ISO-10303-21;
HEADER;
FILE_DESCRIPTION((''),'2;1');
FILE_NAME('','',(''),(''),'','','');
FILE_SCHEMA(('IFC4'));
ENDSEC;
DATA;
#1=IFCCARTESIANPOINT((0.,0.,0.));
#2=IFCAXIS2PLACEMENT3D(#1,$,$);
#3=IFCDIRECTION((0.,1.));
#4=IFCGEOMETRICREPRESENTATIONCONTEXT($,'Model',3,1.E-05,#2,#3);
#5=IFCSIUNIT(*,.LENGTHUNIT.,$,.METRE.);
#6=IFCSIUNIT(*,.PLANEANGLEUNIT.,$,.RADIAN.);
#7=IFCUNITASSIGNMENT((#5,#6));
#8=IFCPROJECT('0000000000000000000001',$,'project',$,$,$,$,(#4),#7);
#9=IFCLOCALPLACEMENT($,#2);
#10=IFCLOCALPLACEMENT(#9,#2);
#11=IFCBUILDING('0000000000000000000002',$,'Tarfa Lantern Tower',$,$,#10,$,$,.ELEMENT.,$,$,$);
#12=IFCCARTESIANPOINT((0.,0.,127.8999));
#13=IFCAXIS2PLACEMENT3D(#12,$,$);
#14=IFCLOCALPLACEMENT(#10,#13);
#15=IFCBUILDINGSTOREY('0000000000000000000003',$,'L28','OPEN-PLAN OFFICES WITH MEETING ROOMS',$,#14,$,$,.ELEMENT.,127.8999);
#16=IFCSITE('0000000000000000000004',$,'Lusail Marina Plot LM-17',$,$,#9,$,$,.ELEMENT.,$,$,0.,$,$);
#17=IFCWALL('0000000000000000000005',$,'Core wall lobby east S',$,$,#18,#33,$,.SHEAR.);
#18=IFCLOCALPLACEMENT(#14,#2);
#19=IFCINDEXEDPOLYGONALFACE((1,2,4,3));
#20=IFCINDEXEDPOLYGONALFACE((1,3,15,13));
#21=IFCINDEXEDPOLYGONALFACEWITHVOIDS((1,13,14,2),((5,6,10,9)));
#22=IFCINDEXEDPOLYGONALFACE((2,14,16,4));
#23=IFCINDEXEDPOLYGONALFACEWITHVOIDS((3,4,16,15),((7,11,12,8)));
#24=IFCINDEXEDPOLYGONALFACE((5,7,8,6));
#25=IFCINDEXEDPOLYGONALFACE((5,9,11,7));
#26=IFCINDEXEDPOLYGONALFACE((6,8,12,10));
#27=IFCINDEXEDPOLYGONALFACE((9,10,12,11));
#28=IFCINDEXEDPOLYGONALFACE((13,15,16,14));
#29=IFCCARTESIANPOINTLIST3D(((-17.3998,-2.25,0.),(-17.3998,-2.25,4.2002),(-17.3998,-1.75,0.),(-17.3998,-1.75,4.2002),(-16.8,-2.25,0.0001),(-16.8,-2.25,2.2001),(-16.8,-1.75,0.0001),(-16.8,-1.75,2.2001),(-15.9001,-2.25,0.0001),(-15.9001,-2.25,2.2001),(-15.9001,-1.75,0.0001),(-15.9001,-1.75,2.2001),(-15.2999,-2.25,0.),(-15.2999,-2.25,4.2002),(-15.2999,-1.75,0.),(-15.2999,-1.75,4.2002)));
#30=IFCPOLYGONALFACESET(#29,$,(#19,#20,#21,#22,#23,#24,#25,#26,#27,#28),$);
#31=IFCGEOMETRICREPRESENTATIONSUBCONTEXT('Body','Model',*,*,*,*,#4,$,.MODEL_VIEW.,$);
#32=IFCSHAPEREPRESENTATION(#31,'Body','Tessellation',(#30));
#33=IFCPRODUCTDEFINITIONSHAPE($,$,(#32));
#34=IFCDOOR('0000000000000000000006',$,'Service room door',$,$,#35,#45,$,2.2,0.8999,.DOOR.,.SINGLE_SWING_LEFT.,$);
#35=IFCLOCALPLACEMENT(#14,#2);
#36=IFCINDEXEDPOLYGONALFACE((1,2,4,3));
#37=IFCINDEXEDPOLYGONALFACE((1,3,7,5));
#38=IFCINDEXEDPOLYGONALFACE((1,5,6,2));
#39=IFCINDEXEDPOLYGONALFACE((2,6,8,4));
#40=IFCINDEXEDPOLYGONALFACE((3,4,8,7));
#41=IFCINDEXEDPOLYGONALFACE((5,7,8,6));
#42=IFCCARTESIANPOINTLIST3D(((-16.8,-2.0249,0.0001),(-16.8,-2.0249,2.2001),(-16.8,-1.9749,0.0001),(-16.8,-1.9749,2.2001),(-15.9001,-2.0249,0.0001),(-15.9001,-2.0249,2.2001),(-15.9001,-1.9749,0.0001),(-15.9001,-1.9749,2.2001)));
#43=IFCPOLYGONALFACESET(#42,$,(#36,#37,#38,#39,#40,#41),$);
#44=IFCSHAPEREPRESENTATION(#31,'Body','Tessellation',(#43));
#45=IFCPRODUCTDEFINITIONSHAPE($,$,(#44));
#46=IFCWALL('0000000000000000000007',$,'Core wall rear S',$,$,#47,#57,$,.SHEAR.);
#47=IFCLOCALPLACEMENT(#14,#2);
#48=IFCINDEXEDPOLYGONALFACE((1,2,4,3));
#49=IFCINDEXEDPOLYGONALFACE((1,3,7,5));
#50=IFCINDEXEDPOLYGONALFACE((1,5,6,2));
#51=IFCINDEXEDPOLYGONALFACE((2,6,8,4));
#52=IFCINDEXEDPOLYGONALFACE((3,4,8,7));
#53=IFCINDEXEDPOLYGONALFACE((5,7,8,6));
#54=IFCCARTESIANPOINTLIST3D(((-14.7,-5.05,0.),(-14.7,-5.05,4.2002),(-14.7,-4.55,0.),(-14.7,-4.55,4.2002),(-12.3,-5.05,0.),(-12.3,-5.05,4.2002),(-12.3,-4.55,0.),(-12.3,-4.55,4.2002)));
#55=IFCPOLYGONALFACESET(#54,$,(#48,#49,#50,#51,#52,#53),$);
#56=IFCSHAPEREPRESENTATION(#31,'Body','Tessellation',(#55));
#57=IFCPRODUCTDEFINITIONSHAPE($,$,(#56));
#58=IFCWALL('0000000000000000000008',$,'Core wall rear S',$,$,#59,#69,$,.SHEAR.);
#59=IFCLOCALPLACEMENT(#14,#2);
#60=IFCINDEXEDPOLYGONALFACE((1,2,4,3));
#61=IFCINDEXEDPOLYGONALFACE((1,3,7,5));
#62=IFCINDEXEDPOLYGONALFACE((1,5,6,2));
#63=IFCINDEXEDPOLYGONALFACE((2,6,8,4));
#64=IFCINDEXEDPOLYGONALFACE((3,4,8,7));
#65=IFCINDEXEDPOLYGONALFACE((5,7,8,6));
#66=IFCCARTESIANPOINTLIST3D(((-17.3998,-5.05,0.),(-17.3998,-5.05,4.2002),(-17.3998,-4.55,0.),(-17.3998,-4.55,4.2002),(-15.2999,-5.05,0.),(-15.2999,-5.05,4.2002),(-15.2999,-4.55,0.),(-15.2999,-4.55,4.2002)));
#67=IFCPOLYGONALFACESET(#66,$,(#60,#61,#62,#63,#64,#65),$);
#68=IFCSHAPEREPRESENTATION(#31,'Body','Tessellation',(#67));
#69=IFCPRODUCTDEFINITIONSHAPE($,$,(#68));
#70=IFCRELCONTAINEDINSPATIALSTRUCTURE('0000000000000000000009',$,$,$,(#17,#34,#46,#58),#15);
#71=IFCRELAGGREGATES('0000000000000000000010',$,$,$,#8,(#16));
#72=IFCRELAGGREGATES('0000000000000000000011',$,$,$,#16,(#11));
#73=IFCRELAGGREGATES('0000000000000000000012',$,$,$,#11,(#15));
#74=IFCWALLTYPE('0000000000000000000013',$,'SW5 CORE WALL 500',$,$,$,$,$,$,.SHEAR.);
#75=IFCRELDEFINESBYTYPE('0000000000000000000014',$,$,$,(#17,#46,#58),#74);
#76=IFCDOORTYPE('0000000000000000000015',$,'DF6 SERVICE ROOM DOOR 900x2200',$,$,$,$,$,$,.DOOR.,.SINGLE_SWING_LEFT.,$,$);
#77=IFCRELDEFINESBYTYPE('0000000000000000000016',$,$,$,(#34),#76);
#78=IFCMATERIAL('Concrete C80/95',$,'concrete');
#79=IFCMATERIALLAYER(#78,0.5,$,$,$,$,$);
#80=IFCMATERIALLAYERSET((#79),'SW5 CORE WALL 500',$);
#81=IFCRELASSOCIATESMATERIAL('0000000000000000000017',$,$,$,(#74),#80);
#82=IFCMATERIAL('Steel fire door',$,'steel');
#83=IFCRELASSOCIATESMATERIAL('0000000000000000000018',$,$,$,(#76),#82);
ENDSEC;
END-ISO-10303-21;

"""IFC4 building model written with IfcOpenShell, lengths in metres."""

from ifc_helpers import new_model, si_unit, direction, frame, frame_2d, origin, place, context, subcontext, project, spatial, rectangle, extrude, material, layer, layer_set, type_object, element, fill, save


model = new_model("IFC4")

# Units and contexts
model_context = context("Model", 3, precision=1e-05, world=origin(), true_north=direction((0.0, 1.0)))
body_context = subcontext(model_context, "Body", "Model", "MODEL_VIEW")
ifc_project = project(units=[si_unit("LENGTHUNIT", "METRE"), si_unit("PLANEANGLEUNIT", "RADIAN")], contexts=[model_context])

# Site, building, storey
site_placement = place(None, origin())
site = spatial("IfcSite", under=ifc_project, at=site_placement, Name="Lusail Marina Plot LM-17", CompositionType="ELEMENT", RefElevation=0.0)
building_placement = place(site_placement, origin())
building = spatial("IfcBuilding", under=site, at=building_placement, Name="Tarfa Lantern Tower", CompositionType="ELEMENT")
storey_placement = place(building_placement, frame((0.0, 0.0, 127.8999)))
storey = spatial("IfcBuildingStorey", under=building, at=storey_placement, Name="L28", Description="OPEN-PLAN OFFICES WITH MEETING ROOMS", CompositionType="ELEMENT", Elevation=127.8999)

# Shared definitions
ifc_material_1 = material(Name="Concrete C80/95", Category="concrete")
ifc_layer_1 = layer(ifc_material_1, 0.5)
ifc_layer_set_1 = layer_set([ifc_layer_1], Name="SW5 CORE WALL 500")
wall_type_1 = type_object("IfcWallType", Name="SW5 CORE WALL 500", PredefinedType="SHEAR", material=ifc_layer_set_1)
ifc_material_2 = material(Name="Steel fire door", Category="steel")
door_type_1 = type_object("IfcDoorType", Name="DF6 SERVICE ROOM DOOR 900x2200", OperationType="SINGLE_SWING_LEFT", PredefinedType="DOOR", material=ifc_material_2)

# Wall, opening, door
wall_1_placement = place(storey_placement, frame((-15.3, -2.0, 0.0), z_axis=(0.0, 0.0, 1.0), x_axis=(-1.0, 0.0, 0.0)))
wall_1 = element("IfcWall", 1, at=wall_1_placement, inside=storey, type_object=wall_type_1, Name="Core wall lobby east S", PredefinedType="SHEAR", context=body_context, shape_type="SweptSolid", body=[
    extrude(rectangle(XDim=2.0999, YDim=0.5, at=frame_2d((1.0498, 0.0))), origin(), (0.0, 0.0, 1.0), 4.2002),
])
opening_1_placement = place(wall_1_placement, frame((0.6001, 0.0, 0.0)))
opening_1 = element("IfcOpeningElement", 2, at=opening_1_placement, cuts=wall_1, PredefinedType="OPENING", context=body_context, shape_type="SweptSolid", body=[
    extrude(rectangle(XDim=0.8999, YDim=2.2, at=frame_2d((0.45, 1.1001))), frame((0.0, 0.26, 0.0), z_axis=(0.0, -1.0, 0.0), x_axis=(1.0, 0.0, 0.0)), (0.0, 0.0, 1.0), 0.52),
])
door_1_placement = place(opening_1_placement, origin())
door_1 = element("IfcDoor", 3, at=door_1_placement, inside=storey, type_object=door_type_1, Name="Service room door", OperationType="SINGLE_SWING_LEFT", OverallHeight=2.2, OverallWidth=0.8999, PredefinedType="DOOR", context=body_context, shape_type="SweptSolid", body=[
    extrude(rectangle(XDim=0.8999, YDim=2.2, at=frame_2d((0.45, 1.1001))), frame((0.0, 0.0249, 0.0), z_axis=(0.0, -1.0, 0.0), x_axis=(1.0, 0.0, 0.0)), (0.0, 0.0, 1.0), 0.05),
])
fill(opening_1, door_1)

# Walls
wall_2_placement = place(storey_placement, frame((-12.3, -4.8, 0.0), z_axis=(0.0, 0.0, 1.0), x_axis=(-1.0, 0.0, 0.0)))
element("IfcWall", 4, at=wall_2_placement, inside=storey, type_object=wall_type_1, Name="Core wall rear S", PredefinedType="SHEAR", context=body_context, shape_type="SweptSolid", body=[
    extrude(rectangle(XDim=2.3999, YDim=0.5, at=frame_2d((1.2, 0.0))), origin(), (0.0, 0.0, 1.0), 4.2002),
])
wall_3_placement = place(storey_placement, frame((-15.3, -4.8, 0.0), z_axis=(0.0, 0.0, 1.0), x_axis=(-1.0, 0.0, 0.0)))
element("IfcWall", 5, at=wall_3_placement, inside=storey, type_object=wall_type_1, Name="Core wall rear S", PredefinedType="SHEAR", context=body_context, shape_type="SweptSolid", body=[
    extrude(rectangle(XDim=2.0999, YDim=0.5, at=frame_2d((1.0498, 0.0))), origin(), (0.0, 0.0, 1.0), 4.2002),
])

save(model, "model.ifc")
